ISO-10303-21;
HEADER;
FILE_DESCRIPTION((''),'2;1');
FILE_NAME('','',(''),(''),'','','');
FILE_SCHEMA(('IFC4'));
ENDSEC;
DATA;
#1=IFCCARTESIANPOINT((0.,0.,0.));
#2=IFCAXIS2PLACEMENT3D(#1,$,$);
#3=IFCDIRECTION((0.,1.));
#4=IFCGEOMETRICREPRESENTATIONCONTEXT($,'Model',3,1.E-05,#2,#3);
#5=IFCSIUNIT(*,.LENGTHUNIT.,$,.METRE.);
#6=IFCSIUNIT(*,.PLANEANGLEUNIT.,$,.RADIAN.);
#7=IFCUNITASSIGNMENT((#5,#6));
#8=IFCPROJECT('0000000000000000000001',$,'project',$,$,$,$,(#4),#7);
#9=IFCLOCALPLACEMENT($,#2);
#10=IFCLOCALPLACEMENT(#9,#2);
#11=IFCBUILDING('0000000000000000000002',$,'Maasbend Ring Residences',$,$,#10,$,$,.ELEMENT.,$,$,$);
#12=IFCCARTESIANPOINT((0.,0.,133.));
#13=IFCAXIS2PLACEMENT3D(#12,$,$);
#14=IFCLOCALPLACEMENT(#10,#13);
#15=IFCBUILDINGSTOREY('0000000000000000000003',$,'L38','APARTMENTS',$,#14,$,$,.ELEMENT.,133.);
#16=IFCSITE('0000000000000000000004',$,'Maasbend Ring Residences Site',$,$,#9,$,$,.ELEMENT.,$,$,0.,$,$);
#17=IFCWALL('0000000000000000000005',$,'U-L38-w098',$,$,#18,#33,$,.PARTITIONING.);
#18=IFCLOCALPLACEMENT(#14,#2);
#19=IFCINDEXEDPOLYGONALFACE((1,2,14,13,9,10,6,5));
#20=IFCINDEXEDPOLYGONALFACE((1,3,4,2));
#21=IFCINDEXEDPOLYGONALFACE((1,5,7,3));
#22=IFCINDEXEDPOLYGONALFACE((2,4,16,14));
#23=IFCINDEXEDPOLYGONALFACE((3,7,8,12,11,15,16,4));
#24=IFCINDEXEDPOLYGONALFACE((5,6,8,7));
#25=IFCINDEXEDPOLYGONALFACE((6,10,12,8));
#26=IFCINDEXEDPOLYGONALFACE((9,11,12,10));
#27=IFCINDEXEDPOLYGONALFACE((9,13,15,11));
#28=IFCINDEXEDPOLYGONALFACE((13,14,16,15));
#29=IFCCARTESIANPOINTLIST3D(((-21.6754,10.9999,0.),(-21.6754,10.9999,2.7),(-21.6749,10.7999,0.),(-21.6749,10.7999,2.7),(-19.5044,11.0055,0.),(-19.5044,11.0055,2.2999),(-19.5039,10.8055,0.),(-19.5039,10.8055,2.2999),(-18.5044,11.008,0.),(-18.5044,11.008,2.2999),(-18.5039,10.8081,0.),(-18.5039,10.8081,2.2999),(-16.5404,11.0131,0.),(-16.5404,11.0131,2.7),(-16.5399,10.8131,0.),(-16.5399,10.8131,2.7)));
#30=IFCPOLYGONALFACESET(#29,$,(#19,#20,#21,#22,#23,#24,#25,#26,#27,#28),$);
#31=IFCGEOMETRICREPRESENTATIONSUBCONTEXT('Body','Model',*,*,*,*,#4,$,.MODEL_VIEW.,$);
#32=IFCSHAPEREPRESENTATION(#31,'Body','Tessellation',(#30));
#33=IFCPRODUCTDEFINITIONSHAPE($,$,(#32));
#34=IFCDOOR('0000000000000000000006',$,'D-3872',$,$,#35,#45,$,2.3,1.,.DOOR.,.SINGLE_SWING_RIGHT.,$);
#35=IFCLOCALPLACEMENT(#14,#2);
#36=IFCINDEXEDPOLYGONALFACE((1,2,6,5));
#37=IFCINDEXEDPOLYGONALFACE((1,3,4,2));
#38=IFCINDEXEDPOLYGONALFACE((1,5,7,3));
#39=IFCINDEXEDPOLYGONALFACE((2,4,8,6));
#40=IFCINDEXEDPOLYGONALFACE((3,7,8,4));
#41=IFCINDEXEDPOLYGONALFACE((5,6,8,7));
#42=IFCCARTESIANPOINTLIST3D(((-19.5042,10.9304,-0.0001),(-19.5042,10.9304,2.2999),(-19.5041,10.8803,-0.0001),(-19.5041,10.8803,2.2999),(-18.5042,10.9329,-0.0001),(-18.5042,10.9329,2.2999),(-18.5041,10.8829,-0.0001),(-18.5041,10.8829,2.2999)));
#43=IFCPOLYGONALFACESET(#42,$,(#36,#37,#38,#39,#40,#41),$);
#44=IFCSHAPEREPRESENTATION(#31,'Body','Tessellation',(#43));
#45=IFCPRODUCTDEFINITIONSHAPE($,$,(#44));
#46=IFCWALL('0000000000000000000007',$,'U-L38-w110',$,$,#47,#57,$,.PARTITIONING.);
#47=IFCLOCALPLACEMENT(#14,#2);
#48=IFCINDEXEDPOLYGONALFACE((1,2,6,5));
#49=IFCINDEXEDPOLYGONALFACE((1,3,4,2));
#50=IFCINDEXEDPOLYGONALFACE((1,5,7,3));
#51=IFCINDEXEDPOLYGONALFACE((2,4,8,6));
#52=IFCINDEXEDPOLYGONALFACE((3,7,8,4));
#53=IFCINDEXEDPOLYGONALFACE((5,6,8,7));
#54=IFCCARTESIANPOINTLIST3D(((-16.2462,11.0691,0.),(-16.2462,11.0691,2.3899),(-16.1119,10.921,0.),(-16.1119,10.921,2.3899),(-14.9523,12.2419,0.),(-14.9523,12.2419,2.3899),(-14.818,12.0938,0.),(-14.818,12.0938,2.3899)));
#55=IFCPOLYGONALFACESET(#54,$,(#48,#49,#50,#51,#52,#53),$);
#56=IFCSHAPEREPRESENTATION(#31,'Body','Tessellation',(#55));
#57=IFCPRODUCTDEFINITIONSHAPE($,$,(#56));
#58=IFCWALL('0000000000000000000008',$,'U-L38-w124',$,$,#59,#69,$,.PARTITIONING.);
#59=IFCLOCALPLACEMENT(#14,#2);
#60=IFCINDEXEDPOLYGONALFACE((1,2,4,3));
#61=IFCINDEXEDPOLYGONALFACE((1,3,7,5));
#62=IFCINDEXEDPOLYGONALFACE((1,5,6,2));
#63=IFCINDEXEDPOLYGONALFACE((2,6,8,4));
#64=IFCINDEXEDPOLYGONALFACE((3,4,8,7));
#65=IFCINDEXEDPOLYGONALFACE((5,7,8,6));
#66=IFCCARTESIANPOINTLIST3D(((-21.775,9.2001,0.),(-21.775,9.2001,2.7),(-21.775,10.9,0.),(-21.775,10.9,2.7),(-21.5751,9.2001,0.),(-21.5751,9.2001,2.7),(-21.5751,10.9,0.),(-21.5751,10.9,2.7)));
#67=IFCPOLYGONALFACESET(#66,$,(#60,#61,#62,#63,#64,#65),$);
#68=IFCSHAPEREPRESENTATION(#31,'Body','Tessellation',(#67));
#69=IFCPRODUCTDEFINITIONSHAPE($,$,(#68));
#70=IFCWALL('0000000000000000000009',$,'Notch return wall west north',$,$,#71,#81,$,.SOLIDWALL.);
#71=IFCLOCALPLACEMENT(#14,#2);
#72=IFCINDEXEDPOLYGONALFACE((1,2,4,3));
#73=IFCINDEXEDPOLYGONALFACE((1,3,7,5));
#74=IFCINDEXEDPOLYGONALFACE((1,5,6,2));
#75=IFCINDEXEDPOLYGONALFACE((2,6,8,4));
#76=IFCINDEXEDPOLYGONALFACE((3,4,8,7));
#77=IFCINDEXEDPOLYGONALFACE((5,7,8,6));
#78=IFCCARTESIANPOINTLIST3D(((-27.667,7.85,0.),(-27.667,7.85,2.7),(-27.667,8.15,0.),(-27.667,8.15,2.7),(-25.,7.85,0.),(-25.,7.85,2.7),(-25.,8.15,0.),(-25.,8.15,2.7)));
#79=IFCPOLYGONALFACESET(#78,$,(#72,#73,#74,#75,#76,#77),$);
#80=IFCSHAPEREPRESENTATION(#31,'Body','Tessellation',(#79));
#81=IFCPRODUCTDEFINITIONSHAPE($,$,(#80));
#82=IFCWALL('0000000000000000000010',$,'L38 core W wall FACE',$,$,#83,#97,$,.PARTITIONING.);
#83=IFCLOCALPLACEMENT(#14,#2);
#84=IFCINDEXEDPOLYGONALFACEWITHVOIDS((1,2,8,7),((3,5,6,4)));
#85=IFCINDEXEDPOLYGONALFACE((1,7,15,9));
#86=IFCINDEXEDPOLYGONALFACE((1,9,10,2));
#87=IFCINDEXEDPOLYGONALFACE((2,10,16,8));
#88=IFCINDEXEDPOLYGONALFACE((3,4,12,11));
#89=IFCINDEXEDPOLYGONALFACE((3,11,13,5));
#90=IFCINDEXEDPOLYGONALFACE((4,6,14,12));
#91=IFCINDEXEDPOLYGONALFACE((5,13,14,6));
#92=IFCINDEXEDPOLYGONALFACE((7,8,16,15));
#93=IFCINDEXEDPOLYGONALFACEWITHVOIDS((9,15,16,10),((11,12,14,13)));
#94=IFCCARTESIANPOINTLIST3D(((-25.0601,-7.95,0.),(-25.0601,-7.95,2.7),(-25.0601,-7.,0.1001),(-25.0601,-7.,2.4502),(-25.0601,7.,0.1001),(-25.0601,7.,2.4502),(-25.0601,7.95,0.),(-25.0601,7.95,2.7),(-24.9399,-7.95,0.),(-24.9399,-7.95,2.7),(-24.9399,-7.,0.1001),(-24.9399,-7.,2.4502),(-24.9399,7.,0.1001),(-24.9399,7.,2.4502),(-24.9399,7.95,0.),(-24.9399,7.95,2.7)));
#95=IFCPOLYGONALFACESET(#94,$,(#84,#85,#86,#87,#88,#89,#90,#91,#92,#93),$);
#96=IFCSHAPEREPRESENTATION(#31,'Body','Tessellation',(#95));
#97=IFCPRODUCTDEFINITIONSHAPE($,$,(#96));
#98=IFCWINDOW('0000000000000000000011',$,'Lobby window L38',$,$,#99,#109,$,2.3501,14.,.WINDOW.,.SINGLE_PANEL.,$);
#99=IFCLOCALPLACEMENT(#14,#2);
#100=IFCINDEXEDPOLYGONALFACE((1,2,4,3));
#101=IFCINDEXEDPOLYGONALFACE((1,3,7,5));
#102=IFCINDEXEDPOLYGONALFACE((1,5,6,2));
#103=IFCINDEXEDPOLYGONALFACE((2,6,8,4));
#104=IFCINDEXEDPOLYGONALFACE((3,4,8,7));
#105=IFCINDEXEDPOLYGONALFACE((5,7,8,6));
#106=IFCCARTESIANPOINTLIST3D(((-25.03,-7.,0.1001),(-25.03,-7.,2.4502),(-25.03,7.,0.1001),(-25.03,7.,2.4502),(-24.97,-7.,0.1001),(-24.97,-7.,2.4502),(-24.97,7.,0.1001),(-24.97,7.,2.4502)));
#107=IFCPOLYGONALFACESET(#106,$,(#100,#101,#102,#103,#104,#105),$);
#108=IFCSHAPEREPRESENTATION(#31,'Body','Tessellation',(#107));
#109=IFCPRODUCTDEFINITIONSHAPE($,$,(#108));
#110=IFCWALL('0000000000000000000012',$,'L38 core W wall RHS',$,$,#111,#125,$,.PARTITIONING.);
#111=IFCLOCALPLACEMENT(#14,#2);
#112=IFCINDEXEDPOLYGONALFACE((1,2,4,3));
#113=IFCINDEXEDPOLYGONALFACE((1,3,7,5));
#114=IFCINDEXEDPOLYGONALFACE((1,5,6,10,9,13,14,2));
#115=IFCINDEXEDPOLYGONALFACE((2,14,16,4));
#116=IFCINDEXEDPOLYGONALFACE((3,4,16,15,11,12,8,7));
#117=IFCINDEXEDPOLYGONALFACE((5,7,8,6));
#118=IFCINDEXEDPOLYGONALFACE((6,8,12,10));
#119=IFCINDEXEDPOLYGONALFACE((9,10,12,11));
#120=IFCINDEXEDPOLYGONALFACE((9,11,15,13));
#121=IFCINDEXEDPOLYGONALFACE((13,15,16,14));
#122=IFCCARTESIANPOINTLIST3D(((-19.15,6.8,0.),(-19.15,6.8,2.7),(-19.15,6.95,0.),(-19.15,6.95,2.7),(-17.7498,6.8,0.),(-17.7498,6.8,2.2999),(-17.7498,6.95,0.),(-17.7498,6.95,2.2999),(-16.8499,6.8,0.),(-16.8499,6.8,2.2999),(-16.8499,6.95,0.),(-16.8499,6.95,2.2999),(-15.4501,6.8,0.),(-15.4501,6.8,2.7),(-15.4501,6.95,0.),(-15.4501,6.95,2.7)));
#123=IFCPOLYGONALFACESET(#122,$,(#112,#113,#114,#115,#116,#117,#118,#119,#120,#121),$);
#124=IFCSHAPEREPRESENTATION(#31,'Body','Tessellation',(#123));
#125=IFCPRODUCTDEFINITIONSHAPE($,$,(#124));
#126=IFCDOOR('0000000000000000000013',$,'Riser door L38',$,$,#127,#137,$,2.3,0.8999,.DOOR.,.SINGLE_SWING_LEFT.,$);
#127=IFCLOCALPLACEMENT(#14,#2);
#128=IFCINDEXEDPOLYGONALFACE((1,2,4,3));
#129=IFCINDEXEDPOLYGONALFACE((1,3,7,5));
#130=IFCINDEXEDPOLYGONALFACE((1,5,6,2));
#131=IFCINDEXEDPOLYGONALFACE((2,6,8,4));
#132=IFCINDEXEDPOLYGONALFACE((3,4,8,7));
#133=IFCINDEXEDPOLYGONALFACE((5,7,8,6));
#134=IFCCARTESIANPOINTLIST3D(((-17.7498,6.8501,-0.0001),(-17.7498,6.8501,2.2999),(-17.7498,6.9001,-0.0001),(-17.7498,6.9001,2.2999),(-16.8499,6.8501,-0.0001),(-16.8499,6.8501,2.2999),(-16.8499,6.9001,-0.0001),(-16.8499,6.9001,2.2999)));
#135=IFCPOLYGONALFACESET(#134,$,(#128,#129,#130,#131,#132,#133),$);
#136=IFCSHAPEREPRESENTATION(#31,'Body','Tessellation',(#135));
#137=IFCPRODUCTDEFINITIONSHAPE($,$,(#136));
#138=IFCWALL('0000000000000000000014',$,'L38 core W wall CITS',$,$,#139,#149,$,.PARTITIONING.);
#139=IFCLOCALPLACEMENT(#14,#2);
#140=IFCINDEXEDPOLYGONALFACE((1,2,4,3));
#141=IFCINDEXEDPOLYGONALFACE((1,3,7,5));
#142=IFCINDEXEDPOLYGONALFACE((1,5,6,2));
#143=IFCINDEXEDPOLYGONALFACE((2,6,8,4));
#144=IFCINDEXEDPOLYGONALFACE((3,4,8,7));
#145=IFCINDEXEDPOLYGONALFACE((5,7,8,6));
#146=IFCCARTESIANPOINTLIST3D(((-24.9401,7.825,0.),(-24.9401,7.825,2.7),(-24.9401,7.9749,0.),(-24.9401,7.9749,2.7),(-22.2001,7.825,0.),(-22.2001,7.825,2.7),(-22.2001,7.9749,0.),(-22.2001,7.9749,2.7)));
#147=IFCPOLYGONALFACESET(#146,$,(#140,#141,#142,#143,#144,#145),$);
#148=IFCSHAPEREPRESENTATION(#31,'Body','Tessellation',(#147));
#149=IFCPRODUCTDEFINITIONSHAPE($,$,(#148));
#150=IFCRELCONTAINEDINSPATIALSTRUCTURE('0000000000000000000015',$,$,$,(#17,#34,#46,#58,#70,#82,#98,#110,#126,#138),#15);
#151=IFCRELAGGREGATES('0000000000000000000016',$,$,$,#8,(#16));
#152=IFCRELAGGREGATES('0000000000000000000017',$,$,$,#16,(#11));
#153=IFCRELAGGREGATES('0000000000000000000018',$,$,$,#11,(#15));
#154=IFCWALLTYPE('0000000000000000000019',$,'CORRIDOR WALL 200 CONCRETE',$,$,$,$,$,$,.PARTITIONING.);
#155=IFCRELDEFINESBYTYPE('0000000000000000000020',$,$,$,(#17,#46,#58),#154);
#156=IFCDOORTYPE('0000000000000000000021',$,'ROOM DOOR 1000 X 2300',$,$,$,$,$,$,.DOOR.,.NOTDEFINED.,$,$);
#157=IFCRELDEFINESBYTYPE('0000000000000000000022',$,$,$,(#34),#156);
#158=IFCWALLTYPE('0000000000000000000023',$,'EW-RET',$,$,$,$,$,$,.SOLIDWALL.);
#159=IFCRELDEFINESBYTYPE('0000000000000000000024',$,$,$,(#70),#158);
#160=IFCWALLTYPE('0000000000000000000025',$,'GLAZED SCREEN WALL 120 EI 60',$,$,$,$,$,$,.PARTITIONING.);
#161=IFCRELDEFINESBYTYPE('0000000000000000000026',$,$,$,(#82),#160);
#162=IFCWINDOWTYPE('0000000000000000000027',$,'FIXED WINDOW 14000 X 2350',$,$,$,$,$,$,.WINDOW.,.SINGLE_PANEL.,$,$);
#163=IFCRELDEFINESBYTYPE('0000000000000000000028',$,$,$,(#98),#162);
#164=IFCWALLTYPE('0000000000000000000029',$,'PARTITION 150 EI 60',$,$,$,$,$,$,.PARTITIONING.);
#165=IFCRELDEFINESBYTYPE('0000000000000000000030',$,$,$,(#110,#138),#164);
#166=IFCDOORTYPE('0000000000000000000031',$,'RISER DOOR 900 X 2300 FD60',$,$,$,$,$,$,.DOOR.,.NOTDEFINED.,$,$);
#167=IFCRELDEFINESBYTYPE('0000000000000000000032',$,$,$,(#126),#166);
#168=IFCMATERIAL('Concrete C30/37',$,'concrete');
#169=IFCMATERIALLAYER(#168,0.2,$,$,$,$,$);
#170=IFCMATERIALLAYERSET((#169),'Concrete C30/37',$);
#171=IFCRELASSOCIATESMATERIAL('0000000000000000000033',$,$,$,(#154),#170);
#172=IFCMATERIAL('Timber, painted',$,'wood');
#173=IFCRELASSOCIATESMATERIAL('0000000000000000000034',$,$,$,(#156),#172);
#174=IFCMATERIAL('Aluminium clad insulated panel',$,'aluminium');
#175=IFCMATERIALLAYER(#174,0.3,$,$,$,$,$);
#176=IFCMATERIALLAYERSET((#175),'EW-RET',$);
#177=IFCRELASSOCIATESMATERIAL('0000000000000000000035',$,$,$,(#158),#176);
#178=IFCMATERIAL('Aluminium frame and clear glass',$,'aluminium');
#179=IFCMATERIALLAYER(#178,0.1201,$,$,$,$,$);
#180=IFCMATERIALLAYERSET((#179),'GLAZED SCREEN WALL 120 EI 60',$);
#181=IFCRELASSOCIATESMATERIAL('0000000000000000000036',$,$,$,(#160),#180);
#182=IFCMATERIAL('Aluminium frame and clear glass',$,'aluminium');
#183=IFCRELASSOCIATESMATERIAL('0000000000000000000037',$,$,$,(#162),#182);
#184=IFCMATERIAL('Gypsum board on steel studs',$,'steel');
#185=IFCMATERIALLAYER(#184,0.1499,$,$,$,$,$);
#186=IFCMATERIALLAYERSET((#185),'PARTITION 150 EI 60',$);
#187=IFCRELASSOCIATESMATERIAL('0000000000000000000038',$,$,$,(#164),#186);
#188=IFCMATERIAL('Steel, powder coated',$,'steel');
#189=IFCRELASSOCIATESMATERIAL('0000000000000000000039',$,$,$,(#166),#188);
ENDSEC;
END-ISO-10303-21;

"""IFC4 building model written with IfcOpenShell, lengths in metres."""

from ifc_helpers import new_model, si_unit, direction, frame, frame_2d, origin, place, context, subcontext, project, spatial, rectangle, extrude, material, layer, layer_set, type_object, element, fill, save


model = new_model("IFC4")

# Units and contexts
model_context = context("Model", 3, precision=1e-05, world=origin(), true_north=direction((0.0, 1.0)))
body_context = subcontext(model_context, "Body", "Model", "MODEL_VIEW")
ifc_project = project(units=[si_unit("LENGTHUNIT", "METRE"), si_unit("PLANEANGLEUNIT", "RADIAN")], contexts=[model_context])

# Site, building, storey
site_placement = place(None, origin())
site = spatial("IfcSite", under=ifc_project, at=site_placement, Name="Maasbend Ring Residences Site", CompositionType="ELEMENT", RefElevation=0.0)
building_placement = place(site_placement, origin())
building = spatial("IfcBuilding", under=site, at=building_placement, Name="Maasbend Ring Residences", CompositionType="ELEMENT")
storey_placement = place(building_placement, frame((0.0, 0.0, 133.0)))
storey = spatial("IfcBuildingStorey", under=building, at=storey_placement, Name="L38", Description="APARTMENTS", CompositionType="ELEMENT", Elevation=133.0)

# Wall, opening, door
ifc_material_1 = material(Name="Concrete C30/37", Category="concrete")
ifc_layer_1 = layer(ifc_material_1, 0.2)
ifc_layer_set_1 = layer_set([ifc_layer_1], Name="Concrete C30/37")
wall_type_1 = type_object("IfcWallType", Name="CORRIDOR WALL 200 CONCRETE", PredefinedType="PARTITIONING", material=ifc_layer_set_1)
wall_1_placement = place(storey_placement, frame((-21.675, 10.8999, 0.0), z_axis=(0.0, 0.0, 1.0), x_axis=(0.999997, 0.002567, 0.0)))
wall_1 = element("IfcWall", 1, at=wall_1_placement, inside=storey, type_object=wall_type_1, Name="U-L38-w098", PredefinedType="PARTITIONING", context=body_context, shape_type="SweptSolid", body=[
    extrude(rectangle(XDim=5.135, YDim=0.2, at=frame_2d((2.5674, 0.0))), origin(), (0.0, 0.0, 1.0), 2.7),
])
opening_1_placement = place(wall_1_placement, frame((2.1709, 0.0, 0.0)))
opening_1 = element("IfcOpeningElement", 2, at=opening_1_placement, cuts=wall_1, PredefinedType="OPENING", context=body_context, shape_type="SweptSolid", body=[
    extrude(rectangle(XDim=1.0, YDim=2.3, at=frame_2d((0.5, 1.1499))), frame((0.0, 0.1099, 0.0), z_axis=(0.0, -1.0, 0.0), x_axis=(1.0, 0.0, 0.0)), (0.0, 0.0, 1.0), 0.22),
])
ifc_material_2 = material(Name="Timber, painted", Category="wood")
door_type_1 = type_object("IfcDoorType", Name="ROOM DOOR 1000 X 2300", OperationType="NOTDEFINED", PredefinedType="DOOR", material=ifc_material_2)
door_1_placement = place(opening_1_placement, origin())
door_1 = element("IfcDoor", 3, at=door_1_placement, inside=storey, type_object=door_type_1, Name="D-3872", OperationType="SINGLE_SWING_RIGHT", OverallHeight=2.3, OverallWidth=1.0, PredefinedType="DOOR", context=body_context, shape_type="SweptSolid", body=[
    extrude(rectangle(XDim=1.0, YDim=2.3, at=frame_2d((0.5, 1.1499))), frame((0.0, 0.0249, 0.0), z_axis=(0.0, -1.0, 0.0), x_axis=(1.0, 0.0, 0.0)), (0.0, 0.0, 1.0), 0.05),
])
fill(opening_1, door_1)

# Walls
wall_2_placement = place(storey_placement, frame((-16.179, 10.9951, 0.0), z_axis=(0.0, 0.0, 1.0), x_axis=(0.740926, 0.671587, 0.0)))
element("IfcWall", 4, at=wall_2_placement, inside=storey, type_object=wall_type_1, Name="U-L38-w110", PredefinedType="PARTITIONING", context=body_context, shape_type="SweptSolid", body=[
    extrude(rectangle(XDim=1.7463, YDim=0.2, at=frame_2d((0.873, 0.0))), origin(), (0.0, 0.0, 1.0), 2.3899),
])
wall_3_placement = place(storey_placement, frame((-21.675, 9.2, 0.0), z_axis=(0.0, 0.0, 1.0), x_axis=(0.0, 1.0, 0.0)))
element("IfcWall", 5, at=wall_3_placement, inside=storey, type_object=wall_type_1, Name="U-L38-w124", PredefinedType="PARTITIONING", context=body_context, shape_type="SweptSolid", body=[
    extrude(rectangle(XDim=1.7, YDim=0.2, at=frame_2d((0.8501, 0.0))), origin(), (0.0, 0.0, 1.0), 2.7),
])
ifc_material_3 = material(Name="Aluminium clad insulated panel", Category="aluminium")
ifc_layer_2 = layer(ifc_material_3, 0.3)
ifc_layer_set_2 = layer_set([ifc_layer_2], Name="EW-RET")
wall_type_2 = type_object("IfcWallType", Name="EW-RET", PredefinedType="SOLIDWALL", material=ifc_layer_set_2)
wall_4_placement = place(storey_placement, frame((-25.0, 8.0, 0.0), z_axis=(0.0, 0.0, 1.0), x_axis=(-1.0, 0.0, 0.0)))
element("IfcWall", 6, at=wall_4_placement, inside=storey, type_object=wall_type_2, Name="Notch return wall west north", PredefinedType="SOLIDWALL", context=body_context, shape_type="SweptSolid", body=[
    extrude(rectangle(XDim=2.667, YDim=0.3, at=frame_2d((1.3335, 0.0))), origin(), (0.0, 0.0, 1.0), 2.7),
])

# Wall, opening, window
ifc_material_4 = material(Name="Aluminium frame and clear glass", Category="aluminium")
ifc_layer_3 = layer(ifc_material_4, 0.1201)
ifc_layer_set_3 = layer_set([ifc_layer_3], Name="GLAZED SCREEN WALL 120 EI 60")
wall_type_3 = type_object("IfcWallType", Name="GLAZED SCREEN WALL 120 EI 60", PredefinedType="PARTITIONING", material=ifc_layer_set_3)
wall_5_placement = place(storey_placement, frame((-25.0, 7.95, 0.0), z_axis=(0.0, 0.0, 1.0), x_axis=(0.0, -1.0, 0.0)))
wall_5 = element("IfcWall", 7, at=wall_5_placement, inside=storey, type_object=wall_type_3, Name="L38 core W wall FACE", PredefinedType="PARTITIONING", context=body_context, shape_type="SweptSolid", body=[
    extrude(rectangle(XDim=15.8999, YDim=0.1201, at=frame_2d((7.95, 0.0))), origin(), (0.0, 0.0, 1.0), 2.7),
])
opening_2_placement = place(wall_5_placement, frame((0.95, 0.0, 0.1001)))
opening_2 = element("IfcOpeningElement", 8, at=opening_2_placement, cuts=wall_5, PredefinedType="OPENING", context=body_context, shape_type="SweptSolid", body=[
    extrude(rectangle(XDim=14.0, YDim=2.3501, at=frame_2d((7.0, 1.175))), frame((0.0, 0.0701, 0.0), z_axis=(0.0, -1.0, 0.0), x_axis=(1.0, 0.0, 0.0)), (0.0, 0.0, 1.0), 0.1401),
])
ifc_material_5 = material(Name="Aluminium frame and clear glass", Category="aluminium")
window_type = type_object("IfcWindowType", Name="FIXED WINDOW 14000 X 2350", PartitioningType="SINGLE_PANEL", PredefinedType="WINDOW", material=ifc_material_5)
window_placement = place(opening_2_placement, origin())
window = element("IfcWindow", 9, at=window_placement, inside=storey, type_object=window_type, Name="Lobby window L38", OverallHeight=2.3501, OverallWidth=14.0, PartitioningType="SINGLE_PANEL", PredefinedType="WINDOW", context=body_context, shape_type="SweptSolid", body=[
    extrude(rectangle(XDim=14.0, YDim=2.3501, at=frame_2d((7.0, 1.175))), frame((0.0, 0.03, 0.0), z_axis=(0.0, -1.0, 0.0), x_axis=(1.0, 0.0, 0.0)), (0.0, 0.0, 1.0), 0.0601),
])
fill(opening_2, window)

# Wall, opening, door
ifc_material_6 = material(Name="Gypsum board on steel studs", Category="steel")
ifc_layer_4 = layer(ifc_material_6, 0.1499)
ifc_layer_set_4 = layer_set([ifc_layer_4], Name="PARTITION 150 EI 60")
wall_type_4 = type_object("IfcWallType", Name="PARTITION 150 EI 60", PredefinedType="PARTITIONING", material=ifc_layer_set_4)
wall_6_placement = place(storey_placement, frame((-15.45, 6.875, 0.0), z_axis=(0.0, 0.0, 1.0), x_axis=(-1.0, 0.0, 0.0)))
wall_6 = element("IfcWall", 10, at=wall_6_placement, inside=storey, type_object=wall_type_4, Name="L38 core W wall RHS", PredefinedType="PARTITIONING", context=body_context, shape_type="SweptSolid", body=[
    extrude(rectangle(XDim=3.7, YDim=0.1499, at=frame_2d((1.8501, 0.0))), origin(), (0.0, 0.0, 1.0), 2.7),
])
opening_3_placement = place(wall_6_placement, frame((1.3999, 0.0, 0.0)))
opening_3 = element("IfcOpeningElement", 11, at=opening_3_placement, cuts=wall_6, PredefinedType="OPENING", context=body_context, shape_type="SweptSolid", body=[
    extrude(rectangle(XDim=0.8999, YDim=2.3, at=frame_2d((0.45, 1.1499))), frame((0.0, 0.085, 0.0), z_axis=(0.0, -1.0, 0.0), x_axis=(1.0, 0.0, 0.0)), (0.0, 0.0, 1.0), 0.1699),
])
ifc_material_7 = material(Name="Steel, powder coated", Category="steel")
door_type_2 = type_object("IfcDoorType", Name="RISER DOOR 900 X 2300 FD60", OperationType="NOTDEFINED", PredefinedType="DOOR", material=ifc_material_7)
door_2_placement = place(opening_3_placement, origin())
door_2 = element("IfcDoor", 12, at=door_2_placement, inside=storey, type_object=door_type_2, Name="Riser door L38", OperationType="SINGLE_SWING_LEFT", OverallHeight=2.3, OverallWidth=0.8999, PredefinedType="DOOR", context=body_context, shape_type="SweptSolid", body=[
    extrude(rectangle(XDim=0.8999, YDim=2.3, at=frame_2d((0.45, 1.1499))), frame((0.0, 0.0249, 0.0), z_axis=(0.0, -1.0, 0.0), x_axis=(1.0, 0.0, 0.0)), (0.0, 0.0, 1.0), 0.05),
])
fill(opening_3, door_2)

# Wall
wall_7_placement = place(storey_placement, frame((-22.2, 7.8999, 0.0), z_axis=(0.0, 0.0, 1.0), x_axis=(-1.0, 0.0, 0.0)))
element("IfcWall", 13, at=wall_7_placement, inside=storey, type_object=wall_type_4, Name="L38 core W wall CITS", PredefinedType="PARTITIONING", context=body_context, shape_type="SweptSolid", body=[
    extrude(rectangle(XDim=2.74, YDim=0.1499, at=frame_2d((1.3701, 0.0))), origin(), (0.0, 0.0, 1.0), 2.7),
])

save(model, "model.ifc")
